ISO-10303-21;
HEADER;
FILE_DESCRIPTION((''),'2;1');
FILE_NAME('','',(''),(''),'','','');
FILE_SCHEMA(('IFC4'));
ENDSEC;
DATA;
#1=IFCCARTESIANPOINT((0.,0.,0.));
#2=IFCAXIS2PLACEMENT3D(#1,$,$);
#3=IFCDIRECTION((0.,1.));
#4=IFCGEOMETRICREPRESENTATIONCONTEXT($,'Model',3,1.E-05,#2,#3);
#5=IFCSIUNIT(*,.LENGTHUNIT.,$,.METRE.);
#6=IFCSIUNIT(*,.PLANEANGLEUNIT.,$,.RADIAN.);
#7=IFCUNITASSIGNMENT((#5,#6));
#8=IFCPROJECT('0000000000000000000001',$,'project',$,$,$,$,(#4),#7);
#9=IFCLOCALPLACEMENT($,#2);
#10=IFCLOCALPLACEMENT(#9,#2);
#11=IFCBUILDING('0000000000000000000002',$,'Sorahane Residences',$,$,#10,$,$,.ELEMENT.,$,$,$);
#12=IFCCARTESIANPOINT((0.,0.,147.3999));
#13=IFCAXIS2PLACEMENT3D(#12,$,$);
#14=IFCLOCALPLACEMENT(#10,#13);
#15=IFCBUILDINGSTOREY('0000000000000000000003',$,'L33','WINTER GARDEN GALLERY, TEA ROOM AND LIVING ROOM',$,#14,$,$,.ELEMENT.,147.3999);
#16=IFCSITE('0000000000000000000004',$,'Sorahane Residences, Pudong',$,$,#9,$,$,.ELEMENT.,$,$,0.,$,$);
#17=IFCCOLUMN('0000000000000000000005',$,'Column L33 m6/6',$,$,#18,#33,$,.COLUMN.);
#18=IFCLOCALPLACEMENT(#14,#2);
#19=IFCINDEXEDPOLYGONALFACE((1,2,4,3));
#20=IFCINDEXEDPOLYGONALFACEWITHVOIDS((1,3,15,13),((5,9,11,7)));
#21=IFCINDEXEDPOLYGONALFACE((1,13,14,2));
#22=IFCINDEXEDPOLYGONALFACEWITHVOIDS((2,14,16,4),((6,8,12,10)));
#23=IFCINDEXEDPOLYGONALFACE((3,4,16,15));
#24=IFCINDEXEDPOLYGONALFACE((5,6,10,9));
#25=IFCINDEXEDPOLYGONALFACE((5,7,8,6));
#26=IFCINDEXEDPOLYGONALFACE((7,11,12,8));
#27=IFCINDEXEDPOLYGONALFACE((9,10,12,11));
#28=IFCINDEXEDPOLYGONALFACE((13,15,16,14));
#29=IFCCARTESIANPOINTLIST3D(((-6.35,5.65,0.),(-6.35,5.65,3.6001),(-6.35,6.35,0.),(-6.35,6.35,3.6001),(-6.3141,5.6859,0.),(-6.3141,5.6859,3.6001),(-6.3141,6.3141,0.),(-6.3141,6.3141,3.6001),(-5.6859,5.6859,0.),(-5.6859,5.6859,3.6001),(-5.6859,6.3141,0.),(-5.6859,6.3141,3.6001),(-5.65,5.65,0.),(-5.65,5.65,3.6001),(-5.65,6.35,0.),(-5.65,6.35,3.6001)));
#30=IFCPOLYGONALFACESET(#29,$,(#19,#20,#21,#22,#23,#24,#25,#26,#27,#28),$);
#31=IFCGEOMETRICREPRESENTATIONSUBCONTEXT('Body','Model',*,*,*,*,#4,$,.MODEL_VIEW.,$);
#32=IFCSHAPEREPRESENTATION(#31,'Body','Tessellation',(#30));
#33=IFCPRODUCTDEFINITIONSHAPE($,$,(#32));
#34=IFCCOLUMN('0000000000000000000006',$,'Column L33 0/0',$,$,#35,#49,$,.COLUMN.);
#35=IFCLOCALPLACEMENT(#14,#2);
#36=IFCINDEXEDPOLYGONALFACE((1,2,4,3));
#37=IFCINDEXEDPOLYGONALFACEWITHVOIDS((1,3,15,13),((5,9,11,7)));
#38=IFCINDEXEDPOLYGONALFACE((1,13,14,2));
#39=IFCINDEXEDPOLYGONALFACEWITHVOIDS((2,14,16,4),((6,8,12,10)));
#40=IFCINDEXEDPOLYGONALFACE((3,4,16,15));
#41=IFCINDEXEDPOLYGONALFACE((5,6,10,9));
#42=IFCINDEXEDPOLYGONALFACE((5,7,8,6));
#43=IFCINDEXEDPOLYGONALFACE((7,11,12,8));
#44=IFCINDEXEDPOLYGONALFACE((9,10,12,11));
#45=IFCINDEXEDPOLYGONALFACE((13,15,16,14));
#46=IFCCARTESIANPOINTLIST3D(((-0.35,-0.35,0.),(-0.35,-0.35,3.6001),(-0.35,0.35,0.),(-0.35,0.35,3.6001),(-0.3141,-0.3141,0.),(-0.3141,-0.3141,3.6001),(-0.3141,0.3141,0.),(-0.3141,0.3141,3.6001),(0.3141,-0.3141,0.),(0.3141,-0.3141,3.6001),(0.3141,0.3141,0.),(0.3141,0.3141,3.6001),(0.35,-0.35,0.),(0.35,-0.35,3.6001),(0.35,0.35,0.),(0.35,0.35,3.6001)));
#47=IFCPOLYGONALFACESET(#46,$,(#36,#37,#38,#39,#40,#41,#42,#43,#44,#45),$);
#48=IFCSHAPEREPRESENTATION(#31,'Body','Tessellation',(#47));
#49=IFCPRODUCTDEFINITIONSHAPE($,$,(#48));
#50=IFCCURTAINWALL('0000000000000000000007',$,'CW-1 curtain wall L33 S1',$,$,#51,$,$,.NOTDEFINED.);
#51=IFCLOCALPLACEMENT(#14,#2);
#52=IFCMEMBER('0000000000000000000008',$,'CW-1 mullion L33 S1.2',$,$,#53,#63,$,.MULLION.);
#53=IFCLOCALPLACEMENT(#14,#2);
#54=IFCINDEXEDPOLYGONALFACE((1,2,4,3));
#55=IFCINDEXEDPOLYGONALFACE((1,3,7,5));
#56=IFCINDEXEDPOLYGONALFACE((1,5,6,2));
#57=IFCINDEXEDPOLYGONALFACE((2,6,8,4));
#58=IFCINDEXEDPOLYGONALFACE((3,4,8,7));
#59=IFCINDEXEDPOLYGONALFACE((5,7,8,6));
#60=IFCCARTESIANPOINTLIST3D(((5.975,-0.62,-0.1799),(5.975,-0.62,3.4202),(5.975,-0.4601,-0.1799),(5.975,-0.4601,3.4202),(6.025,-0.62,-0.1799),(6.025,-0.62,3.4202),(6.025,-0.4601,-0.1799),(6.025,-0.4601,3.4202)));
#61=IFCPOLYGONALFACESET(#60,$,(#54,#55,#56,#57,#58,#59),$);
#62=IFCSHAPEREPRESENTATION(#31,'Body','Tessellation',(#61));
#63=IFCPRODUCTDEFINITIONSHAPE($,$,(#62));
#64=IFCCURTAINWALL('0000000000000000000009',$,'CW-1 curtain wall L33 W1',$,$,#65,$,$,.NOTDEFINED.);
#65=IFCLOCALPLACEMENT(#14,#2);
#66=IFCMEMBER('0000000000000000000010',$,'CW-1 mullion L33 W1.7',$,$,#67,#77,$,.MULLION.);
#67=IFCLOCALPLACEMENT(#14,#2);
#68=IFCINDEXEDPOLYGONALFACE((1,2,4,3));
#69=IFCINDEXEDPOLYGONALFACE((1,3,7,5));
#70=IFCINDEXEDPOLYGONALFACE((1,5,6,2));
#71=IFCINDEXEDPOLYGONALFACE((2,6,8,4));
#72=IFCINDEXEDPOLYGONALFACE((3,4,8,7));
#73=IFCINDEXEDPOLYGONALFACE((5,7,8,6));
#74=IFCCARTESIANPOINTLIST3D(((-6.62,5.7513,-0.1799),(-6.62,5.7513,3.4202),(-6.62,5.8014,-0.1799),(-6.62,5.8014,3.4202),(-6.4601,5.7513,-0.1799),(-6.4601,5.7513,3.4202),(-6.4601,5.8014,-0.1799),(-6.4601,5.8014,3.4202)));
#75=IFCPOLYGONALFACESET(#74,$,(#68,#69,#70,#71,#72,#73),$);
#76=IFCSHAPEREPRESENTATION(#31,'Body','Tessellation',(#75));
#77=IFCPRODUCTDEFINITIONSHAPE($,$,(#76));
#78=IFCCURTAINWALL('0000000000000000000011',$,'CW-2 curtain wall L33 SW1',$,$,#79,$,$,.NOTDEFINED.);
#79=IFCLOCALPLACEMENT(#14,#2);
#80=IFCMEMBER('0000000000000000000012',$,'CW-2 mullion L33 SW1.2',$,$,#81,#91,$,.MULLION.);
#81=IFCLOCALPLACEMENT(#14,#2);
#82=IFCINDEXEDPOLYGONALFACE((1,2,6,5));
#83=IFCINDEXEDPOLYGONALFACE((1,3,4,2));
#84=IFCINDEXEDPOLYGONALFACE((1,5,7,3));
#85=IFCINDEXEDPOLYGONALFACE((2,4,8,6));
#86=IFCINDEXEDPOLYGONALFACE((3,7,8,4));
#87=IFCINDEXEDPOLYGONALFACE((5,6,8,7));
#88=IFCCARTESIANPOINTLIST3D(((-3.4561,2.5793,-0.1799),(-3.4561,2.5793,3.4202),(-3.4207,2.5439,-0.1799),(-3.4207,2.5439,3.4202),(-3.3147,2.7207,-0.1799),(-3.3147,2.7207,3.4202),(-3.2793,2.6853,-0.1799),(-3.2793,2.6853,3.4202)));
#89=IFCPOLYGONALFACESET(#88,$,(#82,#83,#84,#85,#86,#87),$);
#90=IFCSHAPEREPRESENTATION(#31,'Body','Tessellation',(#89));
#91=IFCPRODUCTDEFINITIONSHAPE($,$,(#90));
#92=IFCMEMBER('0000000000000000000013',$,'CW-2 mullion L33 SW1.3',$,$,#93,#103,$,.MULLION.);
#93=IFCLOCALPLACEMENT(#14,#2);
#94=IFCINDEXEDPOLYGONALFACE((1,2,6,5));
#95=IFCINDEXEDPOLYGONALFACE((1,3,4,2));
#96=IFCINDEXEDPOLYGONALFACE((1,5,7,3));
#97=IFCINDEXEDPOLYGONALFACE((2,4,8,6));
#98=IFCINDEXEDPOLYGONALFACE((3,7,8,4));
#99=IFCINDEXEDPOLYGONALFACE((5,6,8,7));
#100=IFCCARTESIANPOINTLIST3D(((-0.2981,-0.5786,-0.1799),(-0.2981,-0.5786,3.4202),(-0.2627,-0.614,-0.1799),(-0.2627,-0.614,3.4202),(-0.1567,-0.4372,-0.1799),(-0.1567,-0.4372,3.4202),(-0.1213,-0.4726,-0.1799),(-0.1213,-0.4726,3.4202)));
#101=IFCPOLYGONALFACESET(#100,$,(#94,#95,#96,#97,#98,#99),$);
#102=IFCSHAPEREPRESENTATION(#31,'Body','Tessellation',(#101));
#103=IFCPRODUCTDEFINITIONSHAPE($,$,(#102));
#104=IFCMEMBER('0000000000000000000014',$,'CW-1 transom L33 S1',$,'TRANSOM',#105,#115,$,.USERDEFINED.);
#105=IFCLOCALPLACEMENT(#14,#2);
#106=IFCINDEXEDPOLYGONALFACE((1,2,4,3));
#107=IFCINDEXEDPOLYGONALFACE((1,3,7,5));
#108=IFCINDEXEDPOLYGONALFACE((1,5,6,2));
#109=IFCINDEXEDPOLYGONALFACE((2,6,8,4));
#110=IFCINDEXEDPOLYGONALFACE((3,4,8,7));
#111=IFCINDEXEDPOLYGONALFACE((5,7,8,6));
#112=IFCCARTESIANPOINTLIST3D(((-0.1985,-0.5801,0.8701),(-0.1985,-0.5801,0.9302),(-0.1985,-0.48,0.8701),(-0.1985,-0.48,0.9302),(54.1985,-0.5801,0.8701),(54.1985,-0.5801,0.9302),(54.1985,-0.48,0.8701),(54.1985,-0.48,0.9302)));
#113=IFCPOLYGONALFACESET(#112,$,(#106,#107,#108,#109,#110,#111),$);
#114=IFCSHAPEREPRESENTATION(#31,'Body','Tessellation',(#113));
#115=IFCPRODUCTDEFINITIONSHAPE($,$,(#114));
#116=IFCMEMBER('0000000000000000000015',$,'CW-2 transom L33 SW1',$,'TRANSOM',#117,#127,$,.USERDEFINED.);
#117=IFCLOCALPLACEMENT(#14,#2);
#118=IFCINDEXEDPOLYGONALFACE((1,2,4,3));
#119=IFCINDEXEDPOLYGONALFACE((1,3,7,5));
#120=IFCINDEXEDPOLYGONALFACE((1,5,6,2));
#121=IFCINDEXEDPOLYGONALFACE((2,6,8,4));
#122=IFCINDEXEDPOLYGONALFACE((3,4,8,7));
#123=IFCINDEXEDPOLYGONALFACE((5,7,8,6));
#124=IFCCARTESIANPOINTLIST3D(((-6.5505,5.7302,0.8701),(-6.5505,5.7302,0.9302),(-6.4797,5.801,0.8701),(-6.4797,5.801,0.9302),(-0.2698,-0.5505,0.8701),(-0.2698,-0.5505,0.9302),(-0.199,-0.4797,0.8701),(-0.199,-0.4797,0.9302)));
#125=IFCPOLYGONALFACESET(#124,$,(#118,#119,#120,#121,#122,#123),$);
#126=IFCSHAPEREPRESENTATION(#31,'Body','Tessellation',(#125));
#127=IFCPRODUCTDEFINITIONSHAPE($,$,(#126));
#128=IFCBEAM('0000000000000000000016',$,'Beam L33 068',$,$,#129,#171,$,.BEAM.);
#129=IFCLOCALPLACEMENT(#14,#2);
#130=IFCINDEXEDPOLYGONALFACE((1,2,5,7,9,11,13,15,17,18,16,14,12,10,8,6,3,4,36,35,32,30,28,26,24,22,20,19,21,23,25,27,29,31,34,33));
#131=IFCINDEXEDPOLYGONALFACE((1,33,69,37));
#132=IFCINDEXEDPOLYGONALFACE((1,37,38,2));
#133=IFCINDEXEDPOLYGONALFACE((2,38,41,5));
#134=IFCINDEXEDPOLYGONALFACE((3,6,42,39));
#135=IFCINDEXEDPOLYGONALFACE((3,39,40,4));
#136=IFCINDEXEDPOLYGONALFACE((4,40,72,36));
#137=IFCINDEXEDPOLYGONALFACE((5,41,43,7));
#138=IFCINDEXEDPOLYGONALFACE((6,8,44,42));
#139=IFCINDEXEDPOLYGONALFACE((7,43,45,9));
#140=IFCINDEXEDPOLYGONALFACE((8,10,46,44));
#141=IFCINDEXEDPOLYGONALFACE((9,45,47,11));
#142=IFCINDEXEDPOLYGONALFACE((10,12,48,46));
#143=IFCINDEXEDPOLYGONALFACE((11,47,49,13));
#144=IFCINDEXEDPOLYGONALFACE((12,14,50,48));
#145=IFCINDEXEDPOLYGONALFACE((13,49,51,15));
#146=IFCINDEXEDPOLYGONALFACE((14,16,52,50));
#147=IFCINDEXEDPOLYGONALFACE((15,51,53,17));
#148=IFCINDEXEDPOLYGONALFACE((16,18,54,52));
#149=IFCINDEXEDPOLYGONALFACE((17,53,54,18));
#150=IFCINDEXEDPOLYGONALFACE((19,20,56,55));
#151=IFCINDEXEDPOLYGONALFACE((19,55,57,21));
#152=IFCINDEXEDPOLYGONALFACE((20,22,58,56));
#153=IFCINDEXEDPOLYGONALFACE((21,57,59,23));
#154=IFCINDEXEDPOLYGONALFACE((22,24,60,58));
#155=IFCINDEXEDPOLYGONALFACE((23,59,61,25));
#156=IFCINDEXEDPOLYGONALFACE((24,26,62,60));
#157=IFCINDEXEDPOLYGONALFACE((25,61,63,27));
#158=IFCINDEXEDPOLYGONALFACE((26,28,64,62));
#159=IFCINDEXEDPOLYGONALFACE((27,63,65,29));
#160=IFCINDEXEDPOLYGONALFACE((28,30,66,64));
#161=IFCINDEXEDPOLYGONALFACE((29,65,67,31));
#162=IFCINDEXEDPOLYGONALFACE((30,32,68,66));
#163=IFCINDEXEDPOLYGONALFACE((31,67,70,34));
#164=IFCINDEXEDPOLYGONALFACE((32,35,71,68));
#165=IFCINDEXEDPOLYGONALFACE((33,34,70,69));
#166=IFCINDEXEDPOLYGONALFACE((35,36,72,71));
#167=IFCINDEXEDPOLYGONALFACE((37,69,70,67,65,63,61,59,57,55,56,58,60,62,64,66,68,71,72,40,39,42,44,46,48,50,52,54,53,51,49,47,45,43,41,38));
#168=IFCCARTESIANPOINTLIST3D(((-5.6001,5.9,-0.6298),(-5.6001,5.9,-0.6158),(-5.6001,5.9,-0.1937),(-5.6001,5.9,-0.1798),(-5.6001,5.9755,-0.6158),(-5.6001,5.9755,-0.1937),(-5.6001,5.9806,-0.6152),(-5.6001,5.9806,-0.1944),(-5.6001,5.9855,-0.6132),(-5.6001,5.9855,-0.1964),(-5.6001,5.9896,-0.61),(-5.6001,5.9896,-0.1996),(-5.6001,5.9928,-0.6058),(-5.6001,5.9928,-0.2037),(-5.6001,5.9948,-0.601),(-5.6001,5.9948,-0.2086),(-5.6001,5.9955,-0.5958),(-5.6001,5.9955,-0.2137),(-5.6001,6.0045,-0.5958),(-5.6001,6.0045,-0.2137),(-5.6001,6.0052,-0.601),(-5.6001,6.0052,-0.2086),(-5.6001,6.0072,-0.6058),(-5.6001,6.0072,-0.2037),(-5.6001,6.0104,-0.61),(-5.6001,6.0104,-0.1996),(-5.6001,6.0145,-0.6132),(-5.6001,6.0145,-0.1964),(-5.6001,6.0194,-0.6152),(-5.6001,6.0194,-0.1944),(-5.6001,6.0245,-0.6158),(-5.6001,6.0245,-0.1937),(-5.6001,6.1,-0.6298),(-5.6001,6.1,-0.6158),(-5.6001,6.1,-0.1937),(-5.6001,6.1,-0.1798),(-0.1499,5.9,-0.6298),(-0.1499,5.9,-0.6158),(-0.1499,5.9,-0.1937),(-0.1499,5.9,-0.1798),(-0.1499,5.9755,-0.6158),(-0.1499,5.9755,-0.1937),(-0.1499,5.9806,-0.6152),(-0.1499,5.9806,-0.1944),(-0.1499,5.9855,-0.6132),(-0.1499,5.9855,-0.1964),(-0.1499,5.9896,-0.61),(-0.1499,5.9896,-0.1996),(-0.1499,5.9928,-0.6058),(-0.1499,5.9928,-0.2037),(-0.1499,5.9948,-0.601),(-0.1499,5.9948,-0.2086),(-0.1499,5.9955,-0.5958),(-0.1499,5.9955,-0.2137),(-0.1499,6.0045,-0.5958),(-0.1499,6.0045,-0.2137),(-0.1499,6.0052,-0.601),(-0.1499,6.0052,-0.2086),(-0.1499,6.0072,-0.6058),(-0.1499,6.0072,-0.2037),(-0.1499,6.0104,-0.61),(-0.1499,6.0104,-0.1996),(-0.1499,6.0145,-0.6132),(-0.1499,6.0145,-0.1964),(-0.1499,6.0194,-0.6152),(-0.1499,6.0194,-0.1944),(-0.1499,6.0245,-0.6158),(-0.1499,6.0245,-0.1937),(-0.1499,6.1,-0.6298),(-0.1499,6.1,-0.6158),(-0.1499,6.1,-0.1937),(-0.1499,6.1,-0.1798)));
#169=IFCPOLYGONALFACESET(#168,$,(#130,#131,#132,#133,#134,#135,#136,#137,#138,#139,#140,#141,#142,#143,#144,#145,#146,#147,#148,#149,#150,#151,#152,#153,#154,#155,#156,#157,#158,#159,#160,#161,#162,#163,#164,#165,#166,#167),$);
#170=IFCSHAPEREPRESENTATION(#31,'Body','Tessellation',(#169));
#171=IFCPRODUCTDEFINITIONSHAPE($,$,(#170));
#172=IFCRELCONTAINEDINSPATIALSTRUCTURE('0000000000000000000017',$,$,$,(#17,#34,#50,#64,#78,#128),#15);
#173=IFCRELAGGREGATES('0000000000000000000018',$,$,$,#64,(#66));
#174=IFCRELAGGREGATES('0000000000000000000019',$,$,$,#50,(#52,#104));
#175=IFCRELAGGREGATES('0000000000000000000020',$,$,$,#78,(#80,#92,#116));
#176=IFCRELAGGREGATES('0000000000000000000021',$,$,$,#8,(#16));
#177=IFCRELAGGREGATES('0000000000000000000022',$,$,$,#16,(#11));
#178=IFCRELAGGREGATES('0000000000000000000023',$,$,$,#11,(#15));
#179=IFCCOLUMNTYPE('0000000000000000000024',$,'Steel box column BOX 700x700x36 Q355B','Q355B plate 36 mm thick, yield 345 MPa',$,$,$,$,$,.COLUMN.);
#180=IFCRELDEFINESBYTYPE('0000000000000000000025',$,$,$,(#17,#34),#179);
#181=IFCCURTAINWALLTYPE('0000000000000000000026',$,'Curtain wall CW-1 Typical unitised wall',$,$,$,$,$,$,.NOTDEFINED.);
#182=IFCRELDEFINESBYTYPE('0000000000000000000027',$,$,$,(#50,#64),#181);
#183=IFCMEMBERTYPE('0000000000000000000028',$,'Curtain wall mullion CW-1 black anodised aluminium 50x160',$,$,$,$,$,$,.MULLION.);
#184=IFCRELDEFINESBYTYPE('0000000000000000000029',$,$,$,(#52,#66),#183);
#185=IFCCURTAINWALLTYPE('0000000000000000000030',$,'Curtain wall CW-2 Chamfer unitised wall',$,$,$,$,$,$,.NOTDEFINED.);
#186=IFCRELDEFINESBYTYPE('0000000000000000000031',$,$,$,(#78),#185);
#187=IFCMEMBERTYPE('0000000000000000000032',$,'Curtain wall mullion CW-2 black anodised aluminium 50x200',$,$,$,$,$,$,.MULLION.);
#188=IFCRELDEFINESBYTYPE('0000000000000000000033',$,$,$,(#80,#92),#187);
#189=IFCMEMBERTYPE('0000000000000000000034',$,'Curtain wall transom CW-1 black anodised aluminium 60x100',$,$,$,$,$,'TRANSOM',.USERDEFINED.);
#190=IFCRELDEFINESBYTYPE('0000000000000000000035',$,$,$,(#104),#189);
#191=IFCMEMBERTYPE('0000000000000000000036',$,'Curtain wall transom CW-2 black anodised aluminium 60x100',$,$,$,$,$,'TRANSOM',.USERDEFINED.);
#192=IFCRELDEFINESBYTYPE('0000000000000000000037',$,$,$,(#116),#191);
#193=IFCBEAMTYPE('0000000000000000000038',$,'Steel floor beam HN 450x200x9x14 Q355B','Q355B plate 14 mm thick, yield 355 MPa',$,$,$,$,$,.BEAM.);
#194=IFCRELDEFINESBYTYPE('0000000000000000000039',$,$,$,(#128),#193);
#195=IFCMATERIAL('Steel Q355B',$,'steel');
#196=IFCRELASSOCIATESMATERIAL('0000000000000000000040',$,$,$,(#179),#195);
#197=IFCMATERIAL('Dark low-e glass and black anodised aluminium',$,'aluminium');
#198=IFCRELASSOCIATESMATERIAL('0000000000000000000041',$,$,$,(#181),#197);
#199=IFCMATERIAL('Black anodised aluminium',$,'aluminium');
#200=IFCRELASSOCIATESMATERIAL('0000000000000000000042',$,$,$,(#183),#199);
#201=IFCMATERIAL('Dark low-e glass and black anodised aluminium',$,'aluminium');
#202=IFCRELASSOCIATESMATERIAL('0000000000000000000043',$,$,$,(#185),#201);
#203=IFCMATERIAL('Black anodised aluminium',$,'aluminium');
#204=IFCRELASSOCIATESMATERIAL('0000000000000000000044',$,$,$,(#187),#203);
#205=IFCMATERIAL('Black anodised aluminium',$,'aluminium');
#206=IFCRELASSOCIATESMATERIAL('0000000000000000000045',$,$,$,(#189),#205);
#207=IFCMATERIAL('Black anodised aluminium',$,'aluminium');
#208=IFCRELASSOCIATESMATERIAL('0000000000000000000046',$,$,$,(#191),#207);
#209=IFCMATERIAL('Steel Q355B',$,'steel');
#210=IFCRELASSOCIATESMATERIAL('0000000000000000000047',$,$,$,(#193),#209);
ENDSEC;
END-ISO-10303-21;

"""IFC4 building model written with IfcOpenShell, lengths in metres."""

from ifc_helpers import new_model, si_unit, direction, frame, origin, origin_2d, place, context, subcontext, project, spatial, rectangle, hollow_rectangle, i_section, extrude, material, material_profile, profile_set, type_object, element, aggregate, save


model = new_model("IFC4")

# Units and contexts
model_context = context("Model", 3, precision=1e-05, world=origin(), true_north=direction((0.0, 1.0)))
body_context = subcontext(model_context, "Body", "Model", "MODEL_VIEW")
ifc_project = project(units=[si_unit("LENGTHUNIT", "METRE"), si_unit("PLANEANGLEUNIT", "RADIAN")], contexts=[model_context])

# Site, building, storey
site_placement = place(None, origin())
site = spatial("IfcSite", under=ifc_project, at=site_placement, Name="Sorahane Residences, Pudong", CompositionType="ELEMENT", RefElevation=0.0)
building_placement = place(site_placement, origin())
building = spatial("IfcBuilding", under=site, at=building_placement, Name="Sorahane Residences", CompositionType="ELEMENT")
storey_placement = place(building_placement, frame((0.0, 0.0, 147.3999)))
storey = spatial("IfcBuildingStorey", under=building, at=storey_placement, Name="L33", Description="WINTER GARDEN GALLERY, TEA ROOM AND LIVING ROOM", CompositionType="ELEMENT", Elevation=147.3999)

# Columns
ifc_material_1 = material(Name="Steel Q355B", Category="steel")
ifc_material_profile_1 = material_profile(ifc_material_1, hollow_rectangle(XDim=0.7, YDim=0.7, WallThickness=0.0359, at=origin_2d()), Name="BOX 700x700x36")
ifc_profile_set_1 = profile_set([ifc_material_profile_1], Name="Steel Q355B")
column_type = type_object("IfcColumnType", Name="Steel box column BOX 700x700x36 Q355B", Description="Q355B plate 36 mm thick, yield 345 MPa", PredefinedType="COLUMN", material=ifc_profile_set_1)
for number, where, z_axis, x_axis, name in (
    (1, (-6.0, 6.0, 0.0), (0.0, 0.0, 1.0), (1.0, 0.0, 0.0), "Column L33 m6/6"),
    (2, (0.0, 0.0, 0.0), (0.0, 0.0, 1.0), (1.0, 0.0, 0.0), "Column L33 0/0"),
):
    element("IfcColumn", number, at=place(storey_placement, frame(where, z_axis=z_axis, x_axis=x_axis)), inside=storey, type_object=column_type, Name=name, PredefinedType="COLUMN", context=body_context, shape_type="SweptSolid", body=[
        extrude(hollow_rectangle(XDim=0.7, YDim=0.7, WallThickness=0.0359, at=origin_2d()), origin(), (0.0, 0.0, 1.0), 3.6001),
    ])

# Curtain walls, members
ifc_material_2 = material(Name="Dark low-e glass and black anodised aluminium", Category="aluminium")
curtain_wall_type_1 = type_object("IfcCurtainWallType", Name="Curtain wall CW-1 Typical unitised wall", PredefinedType="NOTDEFINED", material=ifc_material_2)
curtain_wall_1_placement = place(storey_placement, origin())
curtain_wall_1 = element("IfcCurtainWall", 3, at=curtain_wall_1_placement, inside=storey, type_object=curtain_wall_type_1, Name="CW-1 curtain wall L33 S1", PredefinedType="NOTDEFINED")
ifc_material_3 = material(Name="Black anodised aluminium", Category="aluminium")
ifc_material_profile_2 = material_profile(ifc_material_3, rectangle(XDim=0.1599, YDim=0.05, at=origin_2d()), Name="Curtain wall mullion CW-1 black anodised aluminium 50x160")
ifc_profile_set_2 = profile_set([ifc_material_profile_2], Name="Black anodised aluminium")
member_type_1 = type_object("IfcMemberType", Name="Curtain wall mullion CW-1 black anodised aluminium 50x160", PredefinedType="MULLION", material=ifc_profile_set_2)
member_1_placement = place(storey_placement, frame((6.0, -0.54, -0.1799), z_axis=(0.0, 0.0, 1.0), x_axis=(0.0, -1.0, 0.0)))
member_1 = element("IfcMember", 4, at=member_1_placement, type_object=member_type_1, Name="CW-1 mullion L33 S1.2", PredefinedType="MULLION", context=body_context, shape_type="SweptSolid", body=[
    extrude(rectangle(XDim=0.1599, YDim=0.05, at=origin_2d()), origin(), (0.0, 0.0, 1.0), 3.6001),
])
curtain_wall_2_placement = place(storey_placement, origin())
curtain_wall_2 = element("IfcCurtainWall", 5, at=curtain_wall_2_placement, inside=storey, type_object=curtain_wall_type_1, Name="CW-1 curtain wall L33 W1", PredefinedType="NOTDEFINED")
member_2_placement = place(storey_placement, frame((-6.54, 5.7764, -0.1799), z_axis=(0.0, 0.0, 1.0), x_axis=(-1.0, 0.0, 0.0)))
member_2 = element("IfcMember", 6, at=member_2_placement, type_object=member_type_1, Name="CW-1 mullion L33 W1.7", PredefinedType="MULLION", context=body_context, shape_type="SweptSolid", body=[
    extrude(rectangle(XDim=0.1599, YDim=0.05, at=origin_2d()), origin(), (0.0, 0.0, 1.0), 3.6001),
])
aggregate(curtain_wall_2, [member_2])

# Curtain wall, members
ifc_material_4 = material(Name="Dark low-e glass and black anodised aluminium", Category="aluminium")
curtain_wall_type_2 = type_object("IfcCurtainWallType", Name="Curtain wall CW-2 Chamfer unitised wall", PredefinedType="NOTDEFINED", material=ifc_material_4)
curtain_wall_3_placement = place(storey_placement, origin())
curtain_wall_3 = element("IfcCurtainWall", 7, at=curtain_wall_3_placement, inside=storey, type_object=curtain_wall_type_2, Name="CW-2 curtain wall L33 SW1", PredefinedType="NOTDEFINED")
ifc_material_5 = material(Name="Black anodised aluminium", Category="aluminium")
ifc_material_profile_3 = material_profile(ifc_material_5, rectangle(XDim=0.2, YDim=0.05, at=origin_2d()), Name="Curtain wall mullion CW-2 black anodised aluminium 50x200")
ifc_profile_set_3 = profile_set([ifc_material_profile_3], Name="Black anodised aluminium")
member_type_2 = type_object("IfcMemberType", Name="Curtain wall mullion CW-2 black anodised aluminium 50x200", PredefinedType="MULLION", material=ifc_profile_set_3)
member_3_placement = place(storey_placement, frame((-3.3677, 2.6323, -0.1799), z_axis=(0.0, 0.0, 1.0), x_axis=(-0.707107, -0.707107, 0.0)))
member_3 = element("IfcMember", 8, at=member_3_placement, type_object=member_type_2, Name="CW-2 mullion L33 SW1.2", PredefinedType="MULLION", context=body_context, shape_type="SweptSolid", body=[
    extrude(rectangle(XDim=0.2, YDim=0.05, at=origin_2d()), origin(), (0.0, 0.0, 1.0), 3.6001),
])
member_4_placement = place(storey_placement, frame((-0.2097, -0.5256, -0.1799), z_axis=(0.0, 0.0, 1.0), x_axis=(-0.707107, -0.707107, 0.0)))
member_4 = element("IfcMember", 9, at=member_4_placement, type_object=member_type_2, Name="CW-2 mullion L33 SW1.3", PredefinedType="MULLION", context=body_context, shape_type="SweptSolid", body=[
    extrude(rectangle(XDim=0.2, YDim=0.05, at=origin_2d()), origin(), (0.0, 0.0, 1.0), 3.6001),
])

# Members
ifc_material_6 = material(Name="Black anodised aluminium", Category="aluminium")
ifc_material_profile_4 = material_profile(ifc_material_6, rectangle(XDim=0.1001, YDim=0.0601, at=origin_2d()), Name="Curtain wall transom CW-1 black anodised aluminium 60x100")
ifc_profile_set_4 = profile_set([ifc_material_profile_4], Name="Black anodised aluminium")
member_type_3 = type_object("IfcMemberType", Name="Curtain wall transom CW-1 black anodised aluminium 60x100", ElementType="TRANSOM", PredefinedType="USERDEFINED", material=ifc_profile_set_4)
member_5_placement = place(storey_placement, frame((-0.1985, -0.53, 0.9001), z_axis=(1.0, 0.0, 0.0), x_axis=(0.0, 1.0, 0.0)))
member_5 = element("IfcMember", 10, at=member_5_placement, type_object=member_type_3, Name="CW-1 transom L33 S1", ObjectType="TRANSOM", PredefinedType="USERDEFINED", context=body_context, shape_type="SweptSolid", body=[
    extrude(rectangle(XDim=0.1001, YDim=0.0601, at=origin_2d()), origin(), (0.0, 0.0, 1.0), 54.397),
])
ifc_material_7 = material(Name="Black anodised aluminium", Category="aluminium")
ifc_material_profile_5 = material_profile(ifc_material_7, rectangle(XDim=0.1001, YDim=0.0601, at=origin_2d()), Name="Curtain wall transom CW-2 black anodised aluminium 60x100")
ifc_profile_set_5 = profile_set([ifc_material_profile_5], Name="Black anodised aluminium")
member_type_4 = type_object("IfcMemberType", Name="Curtain wall transom CW-2 black anodised aluminium 60x100", ElementType="TRANSOM", PredefinedType="USERDEFINED", material=ifc_profile_set_5)
member_6_placement = place(storey_placement, frame((-6.5151, 5.7656, 0.9001), z_axis=(0.707107, -0.707107, 0.0), x_axis=(0.707107, 0.707107, 0.0)))
member_6 = element("IfcMember", 11, at=member_6_placement, type_object=member_type_4, Name="CW-2 transom L33 SW1", ObjectType="TRANSOM", PredefinedType="USERDEFINED", context=body_context, shape_type="SweptSolid", body=[
    extrude(rectangle(XDim=0.1001, YDim=0.0601, at=origin_2d()), origin(), (0.0, 0.0, 1.0), 8.8823),
])

# Beam
ifc_material_8 = material(Name="Steel Q355B", Category="steel")
ifc_material_profile_6 = material_profile(ifc_material_8, i_section(OverallWidth=0.2, OverallDepth=0.45, WebThickness=0.009, FlangeThickness=0.0139, FilletRadius=0.02, at=origin_2d()), Name="HN 450x200x9x14")
ifc_profile_set_6 = profile_set([ifc_material_profile_6], Name="Steel Q355B")
beam_type_1 = type_object("IfcBeamType", Name="Steel floor beam HN 450x200x9x14 Q355B", Description="Q355B plate 14 mm thick, yield 355 MPa", PredefinedType="BEAM", material=ifc_profile_set_6)
beam_1_placement = place(storey_placement, frame((-5.6001, 6.0, -0.4048), z_axis=(1.0, 0.0, 0.0), x_axis=(0.0, 1.0, 0.0)))
element("IfcBeam", 12, at=beam_1_placement, inside=storey, type_object=beam_type_1, Name="Beam L33 068", PredefinedType="BEAM", context=body_context, shape_type="SweptSolid", body=[
    extrude(i_section(OverallWidth=0.2, OverallDepth=0.45, WebThickness=0.009, FlangeThickness=0.0139, FilletRadius=0.02, at=origin_2d()), origin(), (0.0, 0.0, 1.0), 5.4502),
])

aggregate(curtain_wall_1, [member_1, member_5])
aggregate(curtain_wall_3, [member_3, member_4, member_6])

save(model, "model.ifc")
